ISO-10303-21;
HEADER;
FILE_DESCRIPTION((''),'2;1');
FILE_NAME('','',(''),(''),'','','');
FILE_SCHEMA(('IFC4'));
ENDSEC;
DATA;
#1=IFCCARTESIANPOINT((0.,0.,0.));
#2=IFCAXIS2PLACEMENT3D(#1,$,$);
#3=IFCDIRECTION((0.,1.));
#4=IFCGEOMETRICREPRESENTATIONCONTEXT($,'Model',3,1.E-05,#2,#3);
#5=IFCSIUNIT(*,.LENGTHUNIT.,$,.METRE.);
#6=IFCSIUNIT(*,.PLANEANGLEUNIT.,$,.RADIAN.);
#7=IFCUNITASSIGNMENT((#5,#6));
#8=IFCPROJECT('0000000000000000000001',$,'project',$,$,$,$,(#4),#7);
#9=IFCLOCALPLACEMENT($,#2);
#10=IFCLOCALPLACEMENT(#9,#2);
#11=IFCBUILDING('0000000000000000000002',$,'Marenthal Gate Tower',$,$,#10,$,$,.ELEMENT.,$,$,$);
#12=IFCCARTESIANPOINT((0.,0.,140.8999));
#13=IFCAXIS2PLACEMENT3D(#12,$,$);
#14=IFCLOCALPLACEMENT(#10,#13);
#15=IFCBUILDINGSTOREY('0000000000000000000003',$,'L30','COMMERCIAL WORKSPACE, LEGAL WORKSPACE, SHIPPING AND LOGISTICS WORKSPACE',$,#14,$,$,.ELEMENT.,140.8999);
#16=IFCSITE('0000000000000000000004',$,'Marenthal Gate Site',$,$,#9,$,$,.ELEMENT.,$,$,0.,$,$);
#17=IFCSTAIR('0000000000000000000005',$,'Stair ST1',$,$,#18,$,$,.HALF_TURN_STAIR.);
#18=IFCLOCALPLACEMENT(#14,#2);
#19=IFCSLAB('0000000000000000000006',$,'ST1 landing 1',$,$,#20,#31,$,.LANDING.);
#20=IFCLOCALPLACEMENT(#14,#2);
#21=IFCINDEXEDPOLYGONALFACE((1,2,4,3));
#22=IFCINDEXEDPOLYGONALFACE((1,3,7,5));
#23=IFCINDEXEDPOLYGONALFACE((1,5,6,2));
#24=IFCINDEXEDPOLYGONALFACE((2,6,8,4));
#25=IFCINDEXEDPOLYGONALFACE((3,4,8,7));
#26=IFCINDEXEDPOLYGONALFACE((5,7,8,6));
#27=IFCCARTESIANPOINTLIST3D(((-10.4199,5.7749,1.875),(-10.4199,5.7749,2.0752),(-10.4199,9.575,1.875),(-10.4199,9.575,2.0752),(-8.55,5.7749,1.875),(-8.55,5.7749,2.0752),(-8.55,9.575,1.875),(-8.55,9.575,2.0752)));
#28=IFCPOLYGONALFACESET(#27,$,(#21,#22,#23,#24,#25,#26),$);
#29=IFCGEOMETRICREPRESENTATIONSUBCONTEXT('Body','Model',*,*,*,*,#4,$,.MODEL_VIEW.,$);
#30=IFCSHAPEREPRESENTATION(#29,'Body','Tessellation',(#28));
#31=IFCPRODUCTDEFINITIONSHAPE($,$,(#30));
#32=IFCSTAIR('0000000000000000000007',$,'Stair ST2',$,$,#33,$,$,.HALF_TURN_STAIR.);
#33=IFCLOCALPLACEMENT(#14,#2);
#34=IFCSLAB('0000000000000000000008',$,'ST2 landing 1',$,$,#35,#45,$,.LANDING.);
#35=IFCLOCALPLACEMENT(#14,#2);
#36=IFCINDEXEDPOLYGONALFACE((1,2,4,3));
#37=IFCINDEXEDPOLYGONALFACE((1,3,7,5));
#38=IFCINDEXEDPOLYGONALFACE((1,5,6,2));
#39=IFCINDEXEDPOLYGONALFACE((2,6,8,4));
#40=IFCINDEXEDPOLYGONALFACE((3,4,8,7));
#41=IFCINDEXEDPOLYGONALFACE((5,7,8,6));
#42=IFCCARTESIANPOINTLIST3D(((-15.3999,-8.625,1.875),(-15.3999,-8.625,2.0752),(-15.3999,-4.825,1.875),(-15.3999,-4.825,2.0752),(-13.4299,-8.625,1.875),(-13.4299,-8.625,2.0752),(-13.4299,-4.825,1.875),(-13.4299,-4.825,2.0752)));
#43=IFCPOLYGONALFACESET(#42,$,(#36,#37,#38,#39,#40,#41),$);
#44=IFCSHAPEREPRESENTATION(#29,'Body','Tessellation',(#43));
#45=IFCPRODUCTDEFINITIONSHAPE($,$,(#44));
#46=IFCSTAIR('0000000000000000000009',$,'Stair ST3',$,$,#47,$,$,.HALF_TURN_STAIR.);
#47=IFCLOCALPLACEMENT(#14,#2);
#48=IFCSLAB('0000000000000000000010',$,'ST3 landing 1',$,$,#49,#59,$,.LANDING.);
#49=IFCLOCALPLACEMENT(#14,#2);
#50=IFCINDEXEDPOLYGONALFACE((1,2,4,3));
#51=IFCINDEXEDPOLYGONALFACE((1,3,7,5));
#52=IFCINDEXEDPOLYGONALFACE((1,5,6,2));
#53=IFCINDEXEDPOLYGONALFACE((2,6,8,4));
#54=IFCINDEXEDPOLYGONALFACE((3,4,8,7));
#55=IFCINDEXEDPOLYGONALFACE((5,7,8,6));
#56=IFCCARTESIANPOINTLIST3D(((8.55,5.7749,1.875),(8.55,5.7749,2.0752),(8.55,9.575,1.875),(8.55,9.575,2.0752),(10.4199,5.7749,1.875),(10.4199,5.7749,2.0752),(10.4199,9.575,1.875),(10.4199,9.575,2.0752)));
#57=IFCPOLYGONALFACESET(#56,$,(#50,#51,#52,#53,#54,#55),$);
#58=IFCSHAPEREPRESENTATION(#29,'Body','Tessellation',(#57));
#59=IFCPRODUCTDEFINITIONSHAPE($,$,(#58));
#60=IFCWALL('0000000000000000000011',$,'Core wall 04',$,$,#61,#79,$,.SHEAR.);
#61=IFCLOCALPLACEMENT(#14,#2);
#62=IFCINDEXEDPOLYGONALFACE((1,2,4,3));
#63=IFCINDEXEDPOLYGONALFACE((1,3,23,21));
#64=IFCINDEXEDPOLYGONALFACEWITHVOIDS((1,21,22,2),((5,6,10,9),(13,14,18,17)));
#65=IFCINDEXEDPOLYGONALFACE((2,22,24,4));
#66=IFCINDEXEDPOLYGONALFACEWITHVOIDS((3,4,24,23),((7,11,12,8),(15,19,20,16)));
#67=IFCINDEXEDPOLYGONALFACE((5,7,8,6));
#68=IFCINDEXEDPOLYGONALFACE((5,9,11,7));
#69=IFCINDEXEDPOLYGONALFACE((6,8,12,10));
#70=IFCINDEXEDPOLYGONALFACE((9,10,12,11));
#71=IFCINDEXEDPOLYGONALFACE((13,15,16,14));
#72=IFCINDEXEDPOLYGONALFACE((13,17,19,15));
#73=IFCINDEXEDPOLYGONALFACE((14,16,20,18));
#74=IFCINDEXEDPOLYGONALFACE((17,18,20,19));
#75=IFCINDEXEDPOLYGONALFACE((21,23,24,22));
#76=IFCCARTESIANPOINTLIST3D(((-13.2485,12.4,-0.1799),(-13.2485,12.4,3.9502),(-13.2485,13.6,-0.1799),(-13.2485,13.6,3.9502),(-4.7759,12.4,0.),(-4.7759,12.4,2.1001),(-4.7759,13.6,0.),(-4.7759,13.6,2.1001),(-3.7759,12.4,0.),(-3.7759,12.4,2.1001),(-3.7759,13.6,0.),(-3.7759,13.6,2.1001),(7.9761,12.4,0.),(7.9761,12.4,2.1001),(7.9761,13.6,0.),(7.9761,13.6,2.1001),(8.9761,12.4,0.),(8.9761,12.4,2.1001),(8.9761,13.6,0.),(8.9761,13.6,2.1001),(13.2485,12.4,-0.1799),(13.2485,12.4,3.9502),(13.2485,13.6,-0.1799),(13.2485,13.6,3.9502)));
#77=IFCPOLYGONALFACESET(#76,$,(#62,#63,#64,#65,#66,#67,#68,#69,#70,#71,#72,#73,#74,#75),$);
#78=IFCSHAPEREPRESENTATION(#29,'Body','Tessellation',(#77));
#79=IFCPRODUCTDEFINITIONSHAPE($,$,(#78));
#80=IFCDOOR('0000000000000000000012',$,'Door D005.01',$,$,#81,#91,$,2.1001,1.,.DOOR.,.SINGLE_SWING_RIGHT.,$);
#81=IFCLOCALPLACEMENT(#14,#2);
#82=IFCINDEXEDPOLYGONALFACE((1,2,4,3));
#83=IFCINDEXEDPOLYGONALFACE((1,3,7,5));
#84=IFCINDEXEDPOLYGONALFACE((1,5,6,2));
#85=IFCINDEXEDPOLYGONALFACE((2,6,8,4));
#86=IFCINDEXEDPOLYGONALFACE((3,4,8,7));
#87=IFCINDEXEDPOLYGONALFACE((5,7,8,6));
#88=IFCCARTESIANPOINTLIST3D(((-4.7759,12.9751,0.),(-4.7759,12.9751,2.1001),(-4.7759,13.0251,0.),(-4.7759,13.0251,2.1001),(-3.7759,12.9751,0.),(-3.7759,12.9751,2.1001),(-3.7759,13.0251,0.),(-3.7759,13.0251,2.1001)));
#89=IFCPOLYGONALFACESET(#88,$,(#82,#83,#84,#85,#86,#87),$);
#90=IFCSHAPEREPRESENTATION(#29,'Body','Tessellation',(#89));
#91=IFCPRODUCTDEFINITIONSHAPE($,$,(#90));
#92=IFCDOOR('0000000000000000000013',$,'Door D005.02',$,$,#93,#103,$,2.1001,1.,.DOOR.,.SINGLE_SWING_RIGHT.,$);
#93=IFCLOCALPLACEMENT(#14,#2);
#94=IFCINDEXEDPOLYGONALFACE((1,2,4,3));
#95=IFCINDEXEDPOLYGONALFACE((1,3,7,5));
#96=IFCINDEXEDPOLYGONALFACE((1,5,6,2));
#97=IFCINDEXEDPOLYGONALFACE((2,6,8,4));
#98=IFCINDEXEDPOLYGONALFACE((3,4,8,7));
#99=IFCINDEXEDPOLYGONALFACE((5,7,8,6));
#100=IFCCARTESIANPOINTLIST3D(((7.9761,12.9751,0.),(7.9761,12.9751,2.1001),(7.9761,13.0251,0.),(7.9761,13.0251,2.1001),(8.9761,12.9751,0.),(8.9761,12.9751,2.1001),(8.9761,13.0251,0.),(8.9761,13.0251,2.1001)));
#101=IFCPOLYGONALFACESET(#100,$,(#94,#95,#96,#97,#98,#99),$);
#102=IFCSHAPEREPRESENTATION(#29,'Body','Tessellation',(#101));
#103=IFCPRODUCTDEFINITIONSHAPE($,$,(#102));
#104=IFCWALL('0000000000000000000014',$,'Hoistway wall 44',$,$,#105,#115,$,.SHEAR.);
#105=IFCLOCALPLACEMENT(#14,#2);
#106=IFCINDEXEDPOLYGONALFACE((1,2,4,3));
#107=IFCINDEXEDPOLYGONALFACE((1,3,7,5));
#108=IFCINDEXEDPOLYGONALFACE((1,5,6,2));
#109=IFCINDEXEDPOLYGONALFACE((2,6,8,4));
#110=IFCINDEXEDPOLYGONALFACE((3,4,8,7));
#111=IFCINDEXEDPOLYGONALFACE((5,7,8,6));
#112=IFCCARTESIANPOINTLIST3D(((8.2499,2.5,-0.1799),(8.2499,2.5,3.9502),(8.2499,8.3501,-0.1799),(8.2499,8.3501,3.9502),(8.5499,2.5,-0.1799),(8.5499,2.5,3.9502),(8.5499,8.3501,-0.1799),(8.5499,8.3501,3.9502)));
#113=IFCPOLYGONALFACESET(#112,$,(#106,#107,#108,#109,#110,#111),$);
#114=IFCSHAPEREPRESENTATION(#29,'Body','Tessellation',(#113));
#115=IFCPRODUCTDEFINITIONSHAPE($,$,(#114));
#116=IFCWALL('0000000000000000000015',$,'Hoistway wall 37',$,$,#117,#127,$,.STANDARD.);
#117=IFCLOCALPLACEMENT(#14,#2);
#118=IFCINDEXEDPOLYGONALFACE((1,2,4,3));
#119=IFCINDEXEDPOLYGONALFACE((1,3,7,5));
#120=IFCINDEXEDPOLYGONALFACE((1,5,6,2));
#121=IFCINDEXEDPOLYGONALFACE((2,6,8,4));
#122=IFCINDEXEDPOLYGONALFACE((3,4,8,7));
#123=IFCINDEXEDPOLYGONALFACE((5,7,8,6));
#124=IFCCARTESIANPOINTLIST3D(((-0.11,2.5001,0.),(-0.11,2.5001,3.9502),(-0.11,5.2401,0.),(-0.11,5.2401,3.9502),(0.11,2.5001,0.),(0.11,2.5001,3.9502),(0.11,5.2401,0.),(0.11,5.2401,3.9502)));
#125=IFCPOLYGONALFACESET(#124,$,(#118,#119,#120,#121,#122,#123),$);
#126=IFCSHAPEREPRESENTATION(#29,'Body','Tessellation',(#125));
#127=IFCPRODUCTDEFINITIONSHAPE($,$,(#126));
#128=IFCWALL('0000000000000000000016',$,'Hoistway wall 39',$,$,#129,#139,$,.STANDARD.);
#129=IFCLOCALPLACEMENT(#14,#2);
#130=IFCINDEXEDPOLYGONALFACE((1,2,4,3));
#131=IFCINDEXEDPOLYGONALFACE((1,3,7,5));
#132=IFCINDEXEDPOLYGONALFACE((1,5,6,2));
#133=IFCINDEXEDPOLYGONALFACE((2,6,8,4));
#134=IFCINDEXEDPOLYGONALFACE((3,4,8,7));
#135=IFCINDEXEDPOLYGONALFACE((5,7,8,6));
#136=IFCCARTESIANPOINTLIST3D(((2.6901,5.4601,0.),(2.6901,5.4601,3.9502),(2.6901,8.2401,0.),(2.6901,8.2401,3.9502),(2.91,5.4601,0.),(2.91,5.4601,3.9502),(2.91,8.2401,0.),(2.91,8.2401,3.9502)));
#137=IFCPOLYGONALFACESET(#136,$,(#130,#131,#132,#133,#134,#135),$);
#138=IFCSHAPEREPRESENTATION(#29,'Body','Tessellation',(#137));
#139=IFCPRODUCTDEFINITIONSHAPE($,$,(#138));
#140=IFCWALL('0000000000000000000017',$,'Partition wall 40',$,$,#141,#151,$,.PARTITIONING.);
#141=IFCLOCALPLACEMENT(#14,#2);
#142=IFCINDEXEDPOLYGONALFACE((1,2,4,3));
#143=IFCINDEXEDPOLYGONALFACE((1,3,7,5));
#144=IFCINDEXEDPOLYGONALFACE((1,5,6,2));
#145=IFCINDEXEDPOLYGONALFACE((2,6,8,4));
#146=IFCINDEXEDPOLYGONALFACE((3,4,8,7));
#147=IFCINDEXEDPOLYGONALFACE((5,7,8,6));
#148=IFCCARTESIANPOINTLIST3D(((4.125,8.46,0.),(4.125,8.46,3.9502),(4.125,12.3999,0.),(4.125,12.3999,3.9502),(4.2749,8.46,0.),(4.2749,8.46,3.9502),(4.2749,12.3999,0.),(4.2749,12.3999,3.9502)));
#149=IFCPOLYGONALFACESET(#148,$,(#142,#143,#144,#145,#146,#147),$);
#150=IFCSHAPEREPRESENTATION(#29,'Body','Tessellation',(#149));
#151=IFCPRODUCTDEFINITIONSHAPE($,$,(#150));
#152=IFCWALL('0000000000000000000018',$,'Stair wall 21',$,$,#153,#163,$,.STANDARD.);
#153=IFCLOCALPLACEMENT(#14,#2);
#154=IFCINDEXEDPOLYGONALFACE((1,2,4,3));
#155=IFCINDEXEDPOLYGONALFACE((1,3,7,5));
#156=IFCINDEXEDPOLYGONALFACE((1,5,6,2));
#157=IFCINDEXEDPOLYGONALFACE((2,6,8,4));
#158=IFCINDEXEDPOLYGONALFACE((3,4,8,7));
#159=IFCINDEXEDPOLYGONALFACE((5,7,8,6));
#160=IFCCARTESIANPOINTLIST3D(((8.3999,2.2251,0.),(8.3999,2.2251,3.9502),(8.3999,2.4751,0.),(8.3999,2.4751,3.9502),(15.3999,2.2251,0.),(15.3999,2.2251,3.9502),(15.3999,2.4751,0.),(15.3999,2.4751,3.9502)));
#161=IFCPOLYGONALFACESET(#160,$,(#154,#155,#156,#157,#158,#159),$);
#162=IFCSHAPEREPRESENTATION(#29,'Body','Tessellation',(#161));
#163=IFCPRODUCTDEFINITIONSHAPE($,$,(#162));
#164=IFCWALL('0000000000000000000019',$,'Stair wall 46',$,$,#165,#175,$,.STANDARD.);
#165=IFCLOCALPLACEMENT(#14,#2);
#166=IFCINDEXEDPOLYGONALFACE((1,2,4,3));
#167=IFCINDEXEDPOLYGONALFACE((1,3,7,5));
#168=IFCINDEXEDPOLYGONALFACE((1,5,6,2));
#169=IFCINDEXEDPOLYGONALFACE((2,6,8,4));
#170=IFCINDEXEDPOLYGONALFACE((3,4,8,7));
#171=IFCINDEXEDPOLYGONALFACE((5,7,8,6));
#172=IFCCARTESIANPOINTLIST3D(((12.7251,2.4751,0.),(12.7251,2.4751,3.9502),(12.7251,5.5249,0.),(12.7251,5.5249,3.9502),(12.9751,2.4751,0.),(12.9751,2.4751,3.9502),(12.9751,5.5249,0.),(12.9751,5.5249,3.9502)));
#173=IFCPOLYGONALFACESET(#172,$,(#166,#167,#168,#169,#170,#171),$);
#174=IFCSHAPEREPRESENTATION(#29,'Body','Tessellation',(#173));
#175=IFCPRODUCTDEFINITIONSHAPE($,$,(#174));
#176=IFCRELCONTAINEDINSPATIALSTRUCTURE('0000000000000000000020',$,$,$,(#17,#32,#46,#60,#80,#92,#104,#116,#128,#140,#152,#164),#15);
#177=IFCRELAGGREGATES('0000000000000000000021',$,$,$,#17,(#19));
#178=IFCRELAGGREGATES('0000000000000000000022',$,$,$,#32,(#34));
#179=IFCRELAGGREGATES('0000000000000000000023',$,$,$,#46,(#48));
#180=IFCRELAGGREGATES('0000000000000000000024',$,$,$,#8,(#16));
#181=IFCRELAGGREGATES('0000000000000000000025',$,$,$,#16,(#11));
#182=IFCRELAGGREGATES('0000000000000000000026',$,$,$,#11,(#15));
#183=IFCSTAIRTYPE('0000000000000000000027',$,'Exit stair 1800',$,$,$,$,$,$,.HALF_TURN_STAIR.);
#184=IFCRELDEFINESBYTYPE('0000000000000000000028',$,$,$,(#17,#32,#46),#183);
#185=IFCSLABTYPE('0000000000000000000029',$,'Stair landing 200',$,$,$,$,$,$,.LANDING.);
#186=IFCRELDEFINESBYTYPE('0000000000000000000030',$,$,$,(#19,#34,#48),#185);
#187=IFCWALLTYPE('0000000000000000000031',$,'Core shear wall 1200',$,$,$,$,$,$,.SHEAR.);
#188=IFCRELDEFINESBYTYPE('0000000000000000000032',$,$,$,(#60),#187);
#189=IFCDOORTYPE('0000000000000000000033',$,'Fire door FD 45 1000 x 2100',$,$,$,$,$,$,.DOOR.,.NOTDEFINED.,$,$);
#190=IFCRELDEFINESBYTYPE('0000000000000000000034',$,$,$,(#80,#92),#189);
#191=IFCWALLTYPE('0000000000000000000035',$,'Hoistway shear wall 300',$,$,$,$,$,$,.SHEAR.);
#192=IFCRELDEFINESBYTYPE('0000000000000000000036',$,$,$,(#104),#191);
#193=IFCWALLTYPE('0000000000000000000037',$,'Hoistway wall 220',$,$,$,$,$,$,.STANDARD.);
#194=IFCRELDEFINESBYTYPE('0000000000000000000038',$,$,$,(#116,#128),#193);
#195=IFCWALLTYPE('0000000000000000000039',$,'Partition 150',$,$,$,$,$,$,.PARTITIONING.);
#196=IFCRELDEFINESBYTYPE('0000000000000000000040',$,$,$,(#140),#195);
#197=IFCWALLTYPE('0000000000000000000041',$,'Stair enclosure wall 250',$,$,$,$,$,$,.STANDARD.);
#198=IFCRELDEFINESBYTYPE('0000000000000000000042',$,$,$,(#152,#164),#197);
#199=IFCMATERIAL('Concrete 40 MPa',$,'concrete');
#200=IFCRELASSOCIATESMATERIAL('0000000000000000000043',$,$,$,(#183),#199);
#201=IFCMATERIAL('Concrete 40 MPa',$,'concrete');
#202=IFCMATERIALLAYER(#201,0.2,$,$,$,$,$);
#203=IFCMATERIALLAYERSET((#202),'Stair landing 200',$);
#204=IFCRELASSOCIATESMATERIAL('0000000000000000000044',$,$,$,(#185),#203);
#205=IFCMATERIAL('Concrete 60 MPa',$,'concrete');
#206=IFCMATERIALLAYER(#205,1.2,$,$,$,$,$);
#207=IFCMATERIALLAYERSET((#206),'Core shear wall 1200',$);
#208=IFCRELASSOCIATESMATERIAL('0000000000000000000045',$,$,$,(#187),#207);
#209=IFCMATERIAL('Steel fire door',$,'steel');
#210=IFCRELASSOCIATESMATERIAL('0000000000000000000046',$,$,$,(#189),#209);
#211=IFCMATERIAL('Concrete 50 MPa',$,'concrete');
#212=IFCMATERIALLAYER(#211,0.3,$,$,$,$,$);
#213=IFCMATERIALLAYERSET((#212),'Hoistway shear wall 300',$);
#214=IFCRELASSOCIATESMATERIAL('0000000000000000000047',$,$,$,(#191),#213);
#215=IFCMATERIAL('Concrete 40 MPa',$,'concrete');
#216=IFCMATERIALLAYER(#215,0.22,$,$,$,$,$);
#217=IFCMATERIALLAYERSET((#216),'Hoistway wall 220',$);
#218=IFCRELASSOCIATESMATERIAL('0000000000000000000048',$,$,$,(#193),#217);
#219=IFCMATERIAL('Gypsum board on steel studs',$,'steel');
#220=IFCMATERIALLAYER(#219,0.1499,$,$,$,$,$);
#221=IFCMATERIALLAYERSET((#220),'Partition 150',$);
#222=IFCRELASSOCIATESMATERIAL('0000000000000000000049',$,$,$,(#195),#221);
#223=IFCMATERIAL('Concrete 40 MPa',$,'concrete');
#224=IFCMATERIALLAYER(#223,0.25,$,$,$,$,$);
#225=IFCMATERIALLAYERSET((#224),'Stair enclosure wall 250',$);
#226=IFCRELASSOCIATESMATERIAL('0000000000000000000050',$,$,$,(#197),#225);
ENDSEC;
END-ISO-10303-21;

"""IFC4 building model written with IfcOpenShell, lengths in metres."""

from ifc_helpers import new_model, si_unit, direction, frame, frame_2d, origin, place, context, subcontext, project, spatial, polyline, rectangle, outline, extrude, material, layer, layer_set, type_object, element, fill, aggregate, save


model = new_model("IFC4")

# Units and contexts
model_context = context("Model", 3, precision=1e-05, world=origin(), true_north=direction((0.0, 1.0)))
body_context = subcontext(model_context, "Body", "Model", "MODEL_VIEW")
ifc_project = project(units=[si_unit("LENGTHUNIT", "METRE"), si_unit("PLANEANGLEUNIT", "RADIAN")], contexts=[model_context])

# Site, building, storey
site_placement = place(None, origin())
site = spatial("IfcSite", under=ifc_project, at=site_placement, Name="Marenthal Gate Site", CompositionType="ELEMENT", RefElevation=0.0)
building_placement = place(site_placement, origin())
building = spatial("IfcBuilding", under=site, at=building_placement, Name="Marenthal Gate Tower", CompositionType="ELEMENT")
storey_placement = place(building_placement, frame((0.0, 0.0, 140.8999)))
storey = spatial("IfcBuildingStorey", under=building, at=storey_placement, Name="L30", Description="COMMERCIAL WORKSPACE, LEGAL WORKSPACE, SHIPPING AND LOGISTICS WORKSPACE", CompositionType="ELEMENT", Elevation=140.8999)

# Stairs, slabs
ifc_material_1 = material(Name="Concrete 40 MPa", Category="concrete")
stair_type = type_object("IfcStairType", Name="Exit stair 1800", PredefinedType="HALF_TURN_STAIR", material=ifc_material_1)
stair_1_placement = place(storey_placement, origin())
stair_1 = element("IfcStair", 1, at=stair_1_placement, inside=storey, type_object=stair_type, Name="Stair ST1", PredefinedType="HALF_TURN_STAIR")
ifc_material_2 = material(Name="Concrete 40 MPa", Category="concrete")
ifc_layer_1 = layer(ifc_material_2, 0.2)
ifc_layer_set_1 = layer_set([ifc_layer_1], Name="Stair landing 200")
slab_type_1 = type_object("IfcSlabType", Name="Stair landing 200", PredefinedType="LANDING", material=ifc_layer_set_1)
slab_1_placement = place(storey_placement, frame((0.0, 0.0, 1.875)))
slab_1 = element("IfcSlab", 2, at=slab_1_placement, type_object=slab_type_1, Name="ST1 landing 1", PredefinedType="LANDING", context=body_context, shape_type="SweptSolid", body=[
    extrude(outline(polyline([(-10.4199, 5.7749), (-8.55, 5.7749), (-8.55, 9.575), (-10.4199, 9.575), (-10.4199, 5.7749)])), origin(), (0.0, 0.0, 1.0), 0.2002),
])
aggregate(stair_1, [slab_1])
stair_2_placement = place(storey_placement, origin())
stair_2 = element("IfcStair", 3, at=stair_2_placement, inside=storey, type_object=stair_type, Name="Stair ST2", PredefinedType="HALF_TURN_STAIR")
slab_2_placement = place(storey_placement, frame((0.0, 0.0, 1.875)))
slab_2 = element("IfcSlab", 4, at=slab_2_placement, type_object=slab_type_1, Name="ST2 landing 1", PredefinedType="LANDING", context=body_context, shape_type="SweptSolid", body=[
    extrude(outline(polyline([(-15.3999, -8.625), (-13.4299, -8.625), (-13.4299, -4.825), (-15.3999, -4.825), (-15.3999, -8.625)])), origin(), (0.0, 0.0, 1.0), 0.2002),
])
aggregate(stair_2, [slab_2])
stair_3_placement = place(storey_placement, origin())
stair_3 = element("IfcStair", 5, at=stair_3_placement, inside=storey, type_object=stair_type, Name="Stair ST3", PredefinedType="HALF_TURN_STAIR")
slab_3_placement = place(storey_placement, frame((0.0, 0.0, 1.875)))
slab_3 = element("IfcSlab", 6, at=slab_3_placement, type_object=slab_type_1, Name="ST3 landing 1", PredefinedType="LANDING", context=body_context, shape_type="SweptSolid", body=[
    extrude(outline(polyline([(8.55, 5.7749), (10.4199, 5.7749), (10.4199, 9.575), (8.55, 9.575), (8.55, 5.7749)])), origin(), (0.0, 0.0, 1.0), 0.2002),
])

# Wall, openings, doors
ifc_material_3 = material(Name="Concrete 60 MPa", Category="concrete")
ifc_layer_2 = layer(ifc_material_3, 1.2)
ifc_layer_set_2 = layer_set([ifc_layer_2], Name="Core shear wall 1200")
wall_type_1 = type_object("IfcWallType", Name="Core shear wall 1200", PredefinedType="SHEAR", material=ifc_layer_set_2)
wall_1_placement = place(storey_placement, frame((13.2485, 13.0, -0.1799), z_axis=(0.0, 0.0, 1.0), x_axis=(-1.0, 0.0, 0.0)))
wall_1 = element("IfcWall", 7, at=wall_1_placement, inside=storey, type_object=wall_type_1, Name="Core wall 04", PredefinedType="SHEAR", context=body_context, shape_type="SweptSolid", body=[
    extrude(rectangle(XDim=26.4971, YDim=1.2, at=frame_2d((13.2485, 0.0))), origin(), (0.0, 0.0, 1.0), 4.1301),
])
opening_1_placement = place(wall_1_placement, frame((17.0244, 0.0, 0.1799)))
opening_1 = element("IfcOpeningElement", 8, at=opening_1_placement, cuts=wall_1, PredefinedType="OPENING", context=body_context, shape_type="SweptSolid", body=[
    extrude(rectangle(XDim=1.0, YDim=2.1001, at=frame_2d((0.5, 1.05))), frame((0.0, 0.6099, 0.0), z_axis=(0.0, -1.0, 0.0), x_axis=(1.0, 0.0, 0.0)), (0.0, 0.0, 1.0), 1.22),
])
opening_2_placement = place(wall_1_placement, frame((4.2725, 0.0, 0.1799)))
opening_2 = element("IfcOpeningElement", 9, at=opening_2_placement, cuts=wall_1, PredefinedType="OPENING", context=body_context, shape_type="SweptSolid", body=[
    extrude(rectangle(XDim=1.0, YDim=2.1001, at=frame_2d((0.5, 1.05))), frame((0.0, 0.6099, 0.0), z_axis=(0.0, -1.0, 0.0), x_axis=(1.0, 0.0, 0.0)), (0.0, 0.0, 1.0), 1.22),
])
ifc_material_4 = material(Name="Steel fire door", Category="steel")
door_type_1 = type_object("IfcDoorType", Name="Fire door FD 45 1000 x 2100", OperationType="NOTDEFINED", PredefinedType="DOOR", material=ifc_material_4)
door_1_placement = place(opening_1_placement, origin())
door_1 = element("IfcDoor", 10, at=door_1_placement, inside=storey, type_object=door_type_1, Name="Door D005.01", OperationType="SINGLE_SWING_RIGHT", OverallHeight=2.1001, OverallWidth=1.0, PredefinedType="DOOR", context=body_context, shape_type="SweptSolid", body=[
    extrude(rectangle(XDim=1.0, YDim=2.1001, at=frame_2d((0.5, 1.05))), frame((0.0, 0.0249, 0.0), z_axis=(0.0, -1.0, 0.0), x_axis=(1.0, 0.0, 0.0)), (0.0, 0.0, 1.0), 0.05),
])
fill(opening_1, door_1)
door_2_placement = place(opening_2_placement, origin())
door_2 = element("IfcDoor", 11, at=door_2_placement, inside=storey, type_object=door_type_1, Name="Door D005.02", OperationType="SINGLE_SWING_RIGHT", OverallHeight=2.1001, OverallWidth=1.0, PredefinedType="DOOR", context=body_context, shape_type="SweptSolid", body=[
    extrude(rectangle(XDim=1.0, YDim=2.1001, at=frame_2d((0.5, 1.05))), frame((0.0, 0.0249, 0.0), z_axis=(0.0, -1.0, 0.0), x_axis=(1.0, 0.0, 0.0)), (0.0, 0.0, 1.0), 0.05),
])
fill(opening_2, door_2)

# Walls
ifc_material_5 = material(Name="Concrete 50 MPa", Category="concrete")
ifc_layer_3 = layer(ifc_material_5, 0.3)
ifc_layer_set_3 = layer_set([ifc_layer_3], Name="Hoistway shear wall 300")
wall_type_2 = type_object("IfcWallType", Name="Hoistway shear wall 300", PredefinedType="SHEAR", material=ifc_layer_set_3)
wall_2_placement = place(storey_placement, frame((8.3999, 2.5, -0.1799), z_axis=(0.0, 0.0, 1.0), x_axis=(0.0, 1.0, 0.0)))
element("IfcWall", 12, at=wall_2_placement, inside=storey, type_object=wall_type_2, Name="Hoistway wall 44", PredefinedType="SHEAR", context=body_context, shape_type="SweptSolid", body=[
    extrude(rectangle(XDim=5.8501, YDim=0.3, at=frame_2d((2.925, 0.0))), origin(), (0.0, 0.0, 1.0), 4.1301),
])
ifc_material_6 = material(Name="Concrete 40 MPa", Category="concrete")
ifc_layer_4 = layer(ifc_material_6, 0.22)
ifc_layer_set_4 = layer_set([ifc_layer_4], Name="Hoistway wall 220")
wall_type_3 = type_object("IfcWallType", Name="Hoistway wall 220", PredefinedType="STANDARD", material=ifc_layer_set_4)
wall_3_placement = place(storey_placement, frame((0.0, 2.5, 0.0), z_axis=(0.0, 0.0, 1.0), x_axis=(0.0, 1.0, 0.0)))
element("IfcWall", 13, at=wall_3_placement, inside=storey, type_object=wall_type_3, Name="Hoistway wall 37", PredefinedType="STANDARD", context=body_context, shape_type="SweptSolid", body=[
    extrude(rectangle(XDim=2.74, YDim=0.22, at=frame_2d((1.3701, 0.0))), origin(), (0.0, 0.0, 1.0), 3.9502),
])
wall_4_placement = place(storey_placement, frame((2.8, 5.46, 0.0), z_axis=(0.0, 0.0, 1.0), x_axis=(0.0, 1.0, 0.0)))
element("IfcWall", 14, at=wall_4_placement, inside=storey, type_object=wall_type_3, Name="Hoistway wall 39", PredefinedType="STANDARD", context=body_context, shape_type="SweptSolid", body=[
    extrude(rectangle(XDim=2.78, YDim=0.22, at=frame_2d((1.3901, 0.0))), origin(), (0.0, 0.0, 1.0), 3.9502),
])
ifc_material_7 = material(Name="Gypsum board on steel studs", Category="steel")
ifc_layer_5 = layer(ifc_material_7, 0.1499)
ifc_layer_set_5 = layer_set([ifc_layer_5], Name="Partition 150")
wall_type_4 = type_object("IfcWallType", Name="Partition 150", PredefinedType="PARTITIONING", material=ifc_layer_set_5)
wall_5_placement = place(storey_placement, frame((4.2, 8.46, 0.0), z_axis=(0.0, 0.0, 1.0), x_axis=(0.0, 1.0, 0.0)))
element("IfcWall", 15, at=wall_5_placement, inside=storey, type_object=wall_type_4, Name="Partition wall 40", PredefinedType="PARTITIONING", context=body_context, shape_type="SweptSolid", body=[
    extrude(rectangle(XDim=3.9399, YDim=0.1499, at=frame_2d((1.97, 0.0))), origin(), (0.0, 0.0, 1.0), 3.9502),
])
ifc_material_8 = material(Name="Concrete 40 MPa", Category="concrete")
ifc_layer_6 = layer(ifc_material_8, 0.25)
ifc_layer_set_6 = layer_set([ifc_layer_6], Name="Stair enclosure wall 250")
wall_type_5 = type_object("IfcWallType", Name="Stair enclosure wall 250", PredefinedType="STANDARD", material=ifc_layer_set_6)
wall_6_placement = place(storey_placement, frame((8.3999, 2.3501, 0.0), z_axis=(0.0, 0.0, 1.0), x_axis=(1.0, 0.0, 0.0)))
element("IfcWall", 16, at=wall_6_placement, inside=storey, type_object=wall_type_5, Name="Stair wall 21", PredefinedType="STANDARD", context=body_context, shape_type="SweptSolid", body=[
    extrude(rectangle(XDim=7.0, YDim=0.25, at=frame_2d((3.5, 0.0))), origin(), (0.0, 0.0, 1.0), 3.9502),
])
wall_7_placement = place(storey_placement, frame((12.8501, 2.4751, 0.0), z_axis=(0.0, 0.0, 1.0), x_axis=(0.0, 1.0, 0.0)))
element("IfcWall", 17, at=wall_7_placement, inside=storey, type_object=wall_type_5, Name="Stair wall 46", PredefinedType="STANDARD", context=body_context, shape_type="SweptSolid", body=[
    extrude(rectangle(XDim=3.0498, YDim=0.25, at=frame_2d((1.5249, 0.0))), origin(), (0.0, 0.0, 1.0), 3.9502),
])

aggregate(stair_3, [slab_3])

save(model, "model.ifc")
